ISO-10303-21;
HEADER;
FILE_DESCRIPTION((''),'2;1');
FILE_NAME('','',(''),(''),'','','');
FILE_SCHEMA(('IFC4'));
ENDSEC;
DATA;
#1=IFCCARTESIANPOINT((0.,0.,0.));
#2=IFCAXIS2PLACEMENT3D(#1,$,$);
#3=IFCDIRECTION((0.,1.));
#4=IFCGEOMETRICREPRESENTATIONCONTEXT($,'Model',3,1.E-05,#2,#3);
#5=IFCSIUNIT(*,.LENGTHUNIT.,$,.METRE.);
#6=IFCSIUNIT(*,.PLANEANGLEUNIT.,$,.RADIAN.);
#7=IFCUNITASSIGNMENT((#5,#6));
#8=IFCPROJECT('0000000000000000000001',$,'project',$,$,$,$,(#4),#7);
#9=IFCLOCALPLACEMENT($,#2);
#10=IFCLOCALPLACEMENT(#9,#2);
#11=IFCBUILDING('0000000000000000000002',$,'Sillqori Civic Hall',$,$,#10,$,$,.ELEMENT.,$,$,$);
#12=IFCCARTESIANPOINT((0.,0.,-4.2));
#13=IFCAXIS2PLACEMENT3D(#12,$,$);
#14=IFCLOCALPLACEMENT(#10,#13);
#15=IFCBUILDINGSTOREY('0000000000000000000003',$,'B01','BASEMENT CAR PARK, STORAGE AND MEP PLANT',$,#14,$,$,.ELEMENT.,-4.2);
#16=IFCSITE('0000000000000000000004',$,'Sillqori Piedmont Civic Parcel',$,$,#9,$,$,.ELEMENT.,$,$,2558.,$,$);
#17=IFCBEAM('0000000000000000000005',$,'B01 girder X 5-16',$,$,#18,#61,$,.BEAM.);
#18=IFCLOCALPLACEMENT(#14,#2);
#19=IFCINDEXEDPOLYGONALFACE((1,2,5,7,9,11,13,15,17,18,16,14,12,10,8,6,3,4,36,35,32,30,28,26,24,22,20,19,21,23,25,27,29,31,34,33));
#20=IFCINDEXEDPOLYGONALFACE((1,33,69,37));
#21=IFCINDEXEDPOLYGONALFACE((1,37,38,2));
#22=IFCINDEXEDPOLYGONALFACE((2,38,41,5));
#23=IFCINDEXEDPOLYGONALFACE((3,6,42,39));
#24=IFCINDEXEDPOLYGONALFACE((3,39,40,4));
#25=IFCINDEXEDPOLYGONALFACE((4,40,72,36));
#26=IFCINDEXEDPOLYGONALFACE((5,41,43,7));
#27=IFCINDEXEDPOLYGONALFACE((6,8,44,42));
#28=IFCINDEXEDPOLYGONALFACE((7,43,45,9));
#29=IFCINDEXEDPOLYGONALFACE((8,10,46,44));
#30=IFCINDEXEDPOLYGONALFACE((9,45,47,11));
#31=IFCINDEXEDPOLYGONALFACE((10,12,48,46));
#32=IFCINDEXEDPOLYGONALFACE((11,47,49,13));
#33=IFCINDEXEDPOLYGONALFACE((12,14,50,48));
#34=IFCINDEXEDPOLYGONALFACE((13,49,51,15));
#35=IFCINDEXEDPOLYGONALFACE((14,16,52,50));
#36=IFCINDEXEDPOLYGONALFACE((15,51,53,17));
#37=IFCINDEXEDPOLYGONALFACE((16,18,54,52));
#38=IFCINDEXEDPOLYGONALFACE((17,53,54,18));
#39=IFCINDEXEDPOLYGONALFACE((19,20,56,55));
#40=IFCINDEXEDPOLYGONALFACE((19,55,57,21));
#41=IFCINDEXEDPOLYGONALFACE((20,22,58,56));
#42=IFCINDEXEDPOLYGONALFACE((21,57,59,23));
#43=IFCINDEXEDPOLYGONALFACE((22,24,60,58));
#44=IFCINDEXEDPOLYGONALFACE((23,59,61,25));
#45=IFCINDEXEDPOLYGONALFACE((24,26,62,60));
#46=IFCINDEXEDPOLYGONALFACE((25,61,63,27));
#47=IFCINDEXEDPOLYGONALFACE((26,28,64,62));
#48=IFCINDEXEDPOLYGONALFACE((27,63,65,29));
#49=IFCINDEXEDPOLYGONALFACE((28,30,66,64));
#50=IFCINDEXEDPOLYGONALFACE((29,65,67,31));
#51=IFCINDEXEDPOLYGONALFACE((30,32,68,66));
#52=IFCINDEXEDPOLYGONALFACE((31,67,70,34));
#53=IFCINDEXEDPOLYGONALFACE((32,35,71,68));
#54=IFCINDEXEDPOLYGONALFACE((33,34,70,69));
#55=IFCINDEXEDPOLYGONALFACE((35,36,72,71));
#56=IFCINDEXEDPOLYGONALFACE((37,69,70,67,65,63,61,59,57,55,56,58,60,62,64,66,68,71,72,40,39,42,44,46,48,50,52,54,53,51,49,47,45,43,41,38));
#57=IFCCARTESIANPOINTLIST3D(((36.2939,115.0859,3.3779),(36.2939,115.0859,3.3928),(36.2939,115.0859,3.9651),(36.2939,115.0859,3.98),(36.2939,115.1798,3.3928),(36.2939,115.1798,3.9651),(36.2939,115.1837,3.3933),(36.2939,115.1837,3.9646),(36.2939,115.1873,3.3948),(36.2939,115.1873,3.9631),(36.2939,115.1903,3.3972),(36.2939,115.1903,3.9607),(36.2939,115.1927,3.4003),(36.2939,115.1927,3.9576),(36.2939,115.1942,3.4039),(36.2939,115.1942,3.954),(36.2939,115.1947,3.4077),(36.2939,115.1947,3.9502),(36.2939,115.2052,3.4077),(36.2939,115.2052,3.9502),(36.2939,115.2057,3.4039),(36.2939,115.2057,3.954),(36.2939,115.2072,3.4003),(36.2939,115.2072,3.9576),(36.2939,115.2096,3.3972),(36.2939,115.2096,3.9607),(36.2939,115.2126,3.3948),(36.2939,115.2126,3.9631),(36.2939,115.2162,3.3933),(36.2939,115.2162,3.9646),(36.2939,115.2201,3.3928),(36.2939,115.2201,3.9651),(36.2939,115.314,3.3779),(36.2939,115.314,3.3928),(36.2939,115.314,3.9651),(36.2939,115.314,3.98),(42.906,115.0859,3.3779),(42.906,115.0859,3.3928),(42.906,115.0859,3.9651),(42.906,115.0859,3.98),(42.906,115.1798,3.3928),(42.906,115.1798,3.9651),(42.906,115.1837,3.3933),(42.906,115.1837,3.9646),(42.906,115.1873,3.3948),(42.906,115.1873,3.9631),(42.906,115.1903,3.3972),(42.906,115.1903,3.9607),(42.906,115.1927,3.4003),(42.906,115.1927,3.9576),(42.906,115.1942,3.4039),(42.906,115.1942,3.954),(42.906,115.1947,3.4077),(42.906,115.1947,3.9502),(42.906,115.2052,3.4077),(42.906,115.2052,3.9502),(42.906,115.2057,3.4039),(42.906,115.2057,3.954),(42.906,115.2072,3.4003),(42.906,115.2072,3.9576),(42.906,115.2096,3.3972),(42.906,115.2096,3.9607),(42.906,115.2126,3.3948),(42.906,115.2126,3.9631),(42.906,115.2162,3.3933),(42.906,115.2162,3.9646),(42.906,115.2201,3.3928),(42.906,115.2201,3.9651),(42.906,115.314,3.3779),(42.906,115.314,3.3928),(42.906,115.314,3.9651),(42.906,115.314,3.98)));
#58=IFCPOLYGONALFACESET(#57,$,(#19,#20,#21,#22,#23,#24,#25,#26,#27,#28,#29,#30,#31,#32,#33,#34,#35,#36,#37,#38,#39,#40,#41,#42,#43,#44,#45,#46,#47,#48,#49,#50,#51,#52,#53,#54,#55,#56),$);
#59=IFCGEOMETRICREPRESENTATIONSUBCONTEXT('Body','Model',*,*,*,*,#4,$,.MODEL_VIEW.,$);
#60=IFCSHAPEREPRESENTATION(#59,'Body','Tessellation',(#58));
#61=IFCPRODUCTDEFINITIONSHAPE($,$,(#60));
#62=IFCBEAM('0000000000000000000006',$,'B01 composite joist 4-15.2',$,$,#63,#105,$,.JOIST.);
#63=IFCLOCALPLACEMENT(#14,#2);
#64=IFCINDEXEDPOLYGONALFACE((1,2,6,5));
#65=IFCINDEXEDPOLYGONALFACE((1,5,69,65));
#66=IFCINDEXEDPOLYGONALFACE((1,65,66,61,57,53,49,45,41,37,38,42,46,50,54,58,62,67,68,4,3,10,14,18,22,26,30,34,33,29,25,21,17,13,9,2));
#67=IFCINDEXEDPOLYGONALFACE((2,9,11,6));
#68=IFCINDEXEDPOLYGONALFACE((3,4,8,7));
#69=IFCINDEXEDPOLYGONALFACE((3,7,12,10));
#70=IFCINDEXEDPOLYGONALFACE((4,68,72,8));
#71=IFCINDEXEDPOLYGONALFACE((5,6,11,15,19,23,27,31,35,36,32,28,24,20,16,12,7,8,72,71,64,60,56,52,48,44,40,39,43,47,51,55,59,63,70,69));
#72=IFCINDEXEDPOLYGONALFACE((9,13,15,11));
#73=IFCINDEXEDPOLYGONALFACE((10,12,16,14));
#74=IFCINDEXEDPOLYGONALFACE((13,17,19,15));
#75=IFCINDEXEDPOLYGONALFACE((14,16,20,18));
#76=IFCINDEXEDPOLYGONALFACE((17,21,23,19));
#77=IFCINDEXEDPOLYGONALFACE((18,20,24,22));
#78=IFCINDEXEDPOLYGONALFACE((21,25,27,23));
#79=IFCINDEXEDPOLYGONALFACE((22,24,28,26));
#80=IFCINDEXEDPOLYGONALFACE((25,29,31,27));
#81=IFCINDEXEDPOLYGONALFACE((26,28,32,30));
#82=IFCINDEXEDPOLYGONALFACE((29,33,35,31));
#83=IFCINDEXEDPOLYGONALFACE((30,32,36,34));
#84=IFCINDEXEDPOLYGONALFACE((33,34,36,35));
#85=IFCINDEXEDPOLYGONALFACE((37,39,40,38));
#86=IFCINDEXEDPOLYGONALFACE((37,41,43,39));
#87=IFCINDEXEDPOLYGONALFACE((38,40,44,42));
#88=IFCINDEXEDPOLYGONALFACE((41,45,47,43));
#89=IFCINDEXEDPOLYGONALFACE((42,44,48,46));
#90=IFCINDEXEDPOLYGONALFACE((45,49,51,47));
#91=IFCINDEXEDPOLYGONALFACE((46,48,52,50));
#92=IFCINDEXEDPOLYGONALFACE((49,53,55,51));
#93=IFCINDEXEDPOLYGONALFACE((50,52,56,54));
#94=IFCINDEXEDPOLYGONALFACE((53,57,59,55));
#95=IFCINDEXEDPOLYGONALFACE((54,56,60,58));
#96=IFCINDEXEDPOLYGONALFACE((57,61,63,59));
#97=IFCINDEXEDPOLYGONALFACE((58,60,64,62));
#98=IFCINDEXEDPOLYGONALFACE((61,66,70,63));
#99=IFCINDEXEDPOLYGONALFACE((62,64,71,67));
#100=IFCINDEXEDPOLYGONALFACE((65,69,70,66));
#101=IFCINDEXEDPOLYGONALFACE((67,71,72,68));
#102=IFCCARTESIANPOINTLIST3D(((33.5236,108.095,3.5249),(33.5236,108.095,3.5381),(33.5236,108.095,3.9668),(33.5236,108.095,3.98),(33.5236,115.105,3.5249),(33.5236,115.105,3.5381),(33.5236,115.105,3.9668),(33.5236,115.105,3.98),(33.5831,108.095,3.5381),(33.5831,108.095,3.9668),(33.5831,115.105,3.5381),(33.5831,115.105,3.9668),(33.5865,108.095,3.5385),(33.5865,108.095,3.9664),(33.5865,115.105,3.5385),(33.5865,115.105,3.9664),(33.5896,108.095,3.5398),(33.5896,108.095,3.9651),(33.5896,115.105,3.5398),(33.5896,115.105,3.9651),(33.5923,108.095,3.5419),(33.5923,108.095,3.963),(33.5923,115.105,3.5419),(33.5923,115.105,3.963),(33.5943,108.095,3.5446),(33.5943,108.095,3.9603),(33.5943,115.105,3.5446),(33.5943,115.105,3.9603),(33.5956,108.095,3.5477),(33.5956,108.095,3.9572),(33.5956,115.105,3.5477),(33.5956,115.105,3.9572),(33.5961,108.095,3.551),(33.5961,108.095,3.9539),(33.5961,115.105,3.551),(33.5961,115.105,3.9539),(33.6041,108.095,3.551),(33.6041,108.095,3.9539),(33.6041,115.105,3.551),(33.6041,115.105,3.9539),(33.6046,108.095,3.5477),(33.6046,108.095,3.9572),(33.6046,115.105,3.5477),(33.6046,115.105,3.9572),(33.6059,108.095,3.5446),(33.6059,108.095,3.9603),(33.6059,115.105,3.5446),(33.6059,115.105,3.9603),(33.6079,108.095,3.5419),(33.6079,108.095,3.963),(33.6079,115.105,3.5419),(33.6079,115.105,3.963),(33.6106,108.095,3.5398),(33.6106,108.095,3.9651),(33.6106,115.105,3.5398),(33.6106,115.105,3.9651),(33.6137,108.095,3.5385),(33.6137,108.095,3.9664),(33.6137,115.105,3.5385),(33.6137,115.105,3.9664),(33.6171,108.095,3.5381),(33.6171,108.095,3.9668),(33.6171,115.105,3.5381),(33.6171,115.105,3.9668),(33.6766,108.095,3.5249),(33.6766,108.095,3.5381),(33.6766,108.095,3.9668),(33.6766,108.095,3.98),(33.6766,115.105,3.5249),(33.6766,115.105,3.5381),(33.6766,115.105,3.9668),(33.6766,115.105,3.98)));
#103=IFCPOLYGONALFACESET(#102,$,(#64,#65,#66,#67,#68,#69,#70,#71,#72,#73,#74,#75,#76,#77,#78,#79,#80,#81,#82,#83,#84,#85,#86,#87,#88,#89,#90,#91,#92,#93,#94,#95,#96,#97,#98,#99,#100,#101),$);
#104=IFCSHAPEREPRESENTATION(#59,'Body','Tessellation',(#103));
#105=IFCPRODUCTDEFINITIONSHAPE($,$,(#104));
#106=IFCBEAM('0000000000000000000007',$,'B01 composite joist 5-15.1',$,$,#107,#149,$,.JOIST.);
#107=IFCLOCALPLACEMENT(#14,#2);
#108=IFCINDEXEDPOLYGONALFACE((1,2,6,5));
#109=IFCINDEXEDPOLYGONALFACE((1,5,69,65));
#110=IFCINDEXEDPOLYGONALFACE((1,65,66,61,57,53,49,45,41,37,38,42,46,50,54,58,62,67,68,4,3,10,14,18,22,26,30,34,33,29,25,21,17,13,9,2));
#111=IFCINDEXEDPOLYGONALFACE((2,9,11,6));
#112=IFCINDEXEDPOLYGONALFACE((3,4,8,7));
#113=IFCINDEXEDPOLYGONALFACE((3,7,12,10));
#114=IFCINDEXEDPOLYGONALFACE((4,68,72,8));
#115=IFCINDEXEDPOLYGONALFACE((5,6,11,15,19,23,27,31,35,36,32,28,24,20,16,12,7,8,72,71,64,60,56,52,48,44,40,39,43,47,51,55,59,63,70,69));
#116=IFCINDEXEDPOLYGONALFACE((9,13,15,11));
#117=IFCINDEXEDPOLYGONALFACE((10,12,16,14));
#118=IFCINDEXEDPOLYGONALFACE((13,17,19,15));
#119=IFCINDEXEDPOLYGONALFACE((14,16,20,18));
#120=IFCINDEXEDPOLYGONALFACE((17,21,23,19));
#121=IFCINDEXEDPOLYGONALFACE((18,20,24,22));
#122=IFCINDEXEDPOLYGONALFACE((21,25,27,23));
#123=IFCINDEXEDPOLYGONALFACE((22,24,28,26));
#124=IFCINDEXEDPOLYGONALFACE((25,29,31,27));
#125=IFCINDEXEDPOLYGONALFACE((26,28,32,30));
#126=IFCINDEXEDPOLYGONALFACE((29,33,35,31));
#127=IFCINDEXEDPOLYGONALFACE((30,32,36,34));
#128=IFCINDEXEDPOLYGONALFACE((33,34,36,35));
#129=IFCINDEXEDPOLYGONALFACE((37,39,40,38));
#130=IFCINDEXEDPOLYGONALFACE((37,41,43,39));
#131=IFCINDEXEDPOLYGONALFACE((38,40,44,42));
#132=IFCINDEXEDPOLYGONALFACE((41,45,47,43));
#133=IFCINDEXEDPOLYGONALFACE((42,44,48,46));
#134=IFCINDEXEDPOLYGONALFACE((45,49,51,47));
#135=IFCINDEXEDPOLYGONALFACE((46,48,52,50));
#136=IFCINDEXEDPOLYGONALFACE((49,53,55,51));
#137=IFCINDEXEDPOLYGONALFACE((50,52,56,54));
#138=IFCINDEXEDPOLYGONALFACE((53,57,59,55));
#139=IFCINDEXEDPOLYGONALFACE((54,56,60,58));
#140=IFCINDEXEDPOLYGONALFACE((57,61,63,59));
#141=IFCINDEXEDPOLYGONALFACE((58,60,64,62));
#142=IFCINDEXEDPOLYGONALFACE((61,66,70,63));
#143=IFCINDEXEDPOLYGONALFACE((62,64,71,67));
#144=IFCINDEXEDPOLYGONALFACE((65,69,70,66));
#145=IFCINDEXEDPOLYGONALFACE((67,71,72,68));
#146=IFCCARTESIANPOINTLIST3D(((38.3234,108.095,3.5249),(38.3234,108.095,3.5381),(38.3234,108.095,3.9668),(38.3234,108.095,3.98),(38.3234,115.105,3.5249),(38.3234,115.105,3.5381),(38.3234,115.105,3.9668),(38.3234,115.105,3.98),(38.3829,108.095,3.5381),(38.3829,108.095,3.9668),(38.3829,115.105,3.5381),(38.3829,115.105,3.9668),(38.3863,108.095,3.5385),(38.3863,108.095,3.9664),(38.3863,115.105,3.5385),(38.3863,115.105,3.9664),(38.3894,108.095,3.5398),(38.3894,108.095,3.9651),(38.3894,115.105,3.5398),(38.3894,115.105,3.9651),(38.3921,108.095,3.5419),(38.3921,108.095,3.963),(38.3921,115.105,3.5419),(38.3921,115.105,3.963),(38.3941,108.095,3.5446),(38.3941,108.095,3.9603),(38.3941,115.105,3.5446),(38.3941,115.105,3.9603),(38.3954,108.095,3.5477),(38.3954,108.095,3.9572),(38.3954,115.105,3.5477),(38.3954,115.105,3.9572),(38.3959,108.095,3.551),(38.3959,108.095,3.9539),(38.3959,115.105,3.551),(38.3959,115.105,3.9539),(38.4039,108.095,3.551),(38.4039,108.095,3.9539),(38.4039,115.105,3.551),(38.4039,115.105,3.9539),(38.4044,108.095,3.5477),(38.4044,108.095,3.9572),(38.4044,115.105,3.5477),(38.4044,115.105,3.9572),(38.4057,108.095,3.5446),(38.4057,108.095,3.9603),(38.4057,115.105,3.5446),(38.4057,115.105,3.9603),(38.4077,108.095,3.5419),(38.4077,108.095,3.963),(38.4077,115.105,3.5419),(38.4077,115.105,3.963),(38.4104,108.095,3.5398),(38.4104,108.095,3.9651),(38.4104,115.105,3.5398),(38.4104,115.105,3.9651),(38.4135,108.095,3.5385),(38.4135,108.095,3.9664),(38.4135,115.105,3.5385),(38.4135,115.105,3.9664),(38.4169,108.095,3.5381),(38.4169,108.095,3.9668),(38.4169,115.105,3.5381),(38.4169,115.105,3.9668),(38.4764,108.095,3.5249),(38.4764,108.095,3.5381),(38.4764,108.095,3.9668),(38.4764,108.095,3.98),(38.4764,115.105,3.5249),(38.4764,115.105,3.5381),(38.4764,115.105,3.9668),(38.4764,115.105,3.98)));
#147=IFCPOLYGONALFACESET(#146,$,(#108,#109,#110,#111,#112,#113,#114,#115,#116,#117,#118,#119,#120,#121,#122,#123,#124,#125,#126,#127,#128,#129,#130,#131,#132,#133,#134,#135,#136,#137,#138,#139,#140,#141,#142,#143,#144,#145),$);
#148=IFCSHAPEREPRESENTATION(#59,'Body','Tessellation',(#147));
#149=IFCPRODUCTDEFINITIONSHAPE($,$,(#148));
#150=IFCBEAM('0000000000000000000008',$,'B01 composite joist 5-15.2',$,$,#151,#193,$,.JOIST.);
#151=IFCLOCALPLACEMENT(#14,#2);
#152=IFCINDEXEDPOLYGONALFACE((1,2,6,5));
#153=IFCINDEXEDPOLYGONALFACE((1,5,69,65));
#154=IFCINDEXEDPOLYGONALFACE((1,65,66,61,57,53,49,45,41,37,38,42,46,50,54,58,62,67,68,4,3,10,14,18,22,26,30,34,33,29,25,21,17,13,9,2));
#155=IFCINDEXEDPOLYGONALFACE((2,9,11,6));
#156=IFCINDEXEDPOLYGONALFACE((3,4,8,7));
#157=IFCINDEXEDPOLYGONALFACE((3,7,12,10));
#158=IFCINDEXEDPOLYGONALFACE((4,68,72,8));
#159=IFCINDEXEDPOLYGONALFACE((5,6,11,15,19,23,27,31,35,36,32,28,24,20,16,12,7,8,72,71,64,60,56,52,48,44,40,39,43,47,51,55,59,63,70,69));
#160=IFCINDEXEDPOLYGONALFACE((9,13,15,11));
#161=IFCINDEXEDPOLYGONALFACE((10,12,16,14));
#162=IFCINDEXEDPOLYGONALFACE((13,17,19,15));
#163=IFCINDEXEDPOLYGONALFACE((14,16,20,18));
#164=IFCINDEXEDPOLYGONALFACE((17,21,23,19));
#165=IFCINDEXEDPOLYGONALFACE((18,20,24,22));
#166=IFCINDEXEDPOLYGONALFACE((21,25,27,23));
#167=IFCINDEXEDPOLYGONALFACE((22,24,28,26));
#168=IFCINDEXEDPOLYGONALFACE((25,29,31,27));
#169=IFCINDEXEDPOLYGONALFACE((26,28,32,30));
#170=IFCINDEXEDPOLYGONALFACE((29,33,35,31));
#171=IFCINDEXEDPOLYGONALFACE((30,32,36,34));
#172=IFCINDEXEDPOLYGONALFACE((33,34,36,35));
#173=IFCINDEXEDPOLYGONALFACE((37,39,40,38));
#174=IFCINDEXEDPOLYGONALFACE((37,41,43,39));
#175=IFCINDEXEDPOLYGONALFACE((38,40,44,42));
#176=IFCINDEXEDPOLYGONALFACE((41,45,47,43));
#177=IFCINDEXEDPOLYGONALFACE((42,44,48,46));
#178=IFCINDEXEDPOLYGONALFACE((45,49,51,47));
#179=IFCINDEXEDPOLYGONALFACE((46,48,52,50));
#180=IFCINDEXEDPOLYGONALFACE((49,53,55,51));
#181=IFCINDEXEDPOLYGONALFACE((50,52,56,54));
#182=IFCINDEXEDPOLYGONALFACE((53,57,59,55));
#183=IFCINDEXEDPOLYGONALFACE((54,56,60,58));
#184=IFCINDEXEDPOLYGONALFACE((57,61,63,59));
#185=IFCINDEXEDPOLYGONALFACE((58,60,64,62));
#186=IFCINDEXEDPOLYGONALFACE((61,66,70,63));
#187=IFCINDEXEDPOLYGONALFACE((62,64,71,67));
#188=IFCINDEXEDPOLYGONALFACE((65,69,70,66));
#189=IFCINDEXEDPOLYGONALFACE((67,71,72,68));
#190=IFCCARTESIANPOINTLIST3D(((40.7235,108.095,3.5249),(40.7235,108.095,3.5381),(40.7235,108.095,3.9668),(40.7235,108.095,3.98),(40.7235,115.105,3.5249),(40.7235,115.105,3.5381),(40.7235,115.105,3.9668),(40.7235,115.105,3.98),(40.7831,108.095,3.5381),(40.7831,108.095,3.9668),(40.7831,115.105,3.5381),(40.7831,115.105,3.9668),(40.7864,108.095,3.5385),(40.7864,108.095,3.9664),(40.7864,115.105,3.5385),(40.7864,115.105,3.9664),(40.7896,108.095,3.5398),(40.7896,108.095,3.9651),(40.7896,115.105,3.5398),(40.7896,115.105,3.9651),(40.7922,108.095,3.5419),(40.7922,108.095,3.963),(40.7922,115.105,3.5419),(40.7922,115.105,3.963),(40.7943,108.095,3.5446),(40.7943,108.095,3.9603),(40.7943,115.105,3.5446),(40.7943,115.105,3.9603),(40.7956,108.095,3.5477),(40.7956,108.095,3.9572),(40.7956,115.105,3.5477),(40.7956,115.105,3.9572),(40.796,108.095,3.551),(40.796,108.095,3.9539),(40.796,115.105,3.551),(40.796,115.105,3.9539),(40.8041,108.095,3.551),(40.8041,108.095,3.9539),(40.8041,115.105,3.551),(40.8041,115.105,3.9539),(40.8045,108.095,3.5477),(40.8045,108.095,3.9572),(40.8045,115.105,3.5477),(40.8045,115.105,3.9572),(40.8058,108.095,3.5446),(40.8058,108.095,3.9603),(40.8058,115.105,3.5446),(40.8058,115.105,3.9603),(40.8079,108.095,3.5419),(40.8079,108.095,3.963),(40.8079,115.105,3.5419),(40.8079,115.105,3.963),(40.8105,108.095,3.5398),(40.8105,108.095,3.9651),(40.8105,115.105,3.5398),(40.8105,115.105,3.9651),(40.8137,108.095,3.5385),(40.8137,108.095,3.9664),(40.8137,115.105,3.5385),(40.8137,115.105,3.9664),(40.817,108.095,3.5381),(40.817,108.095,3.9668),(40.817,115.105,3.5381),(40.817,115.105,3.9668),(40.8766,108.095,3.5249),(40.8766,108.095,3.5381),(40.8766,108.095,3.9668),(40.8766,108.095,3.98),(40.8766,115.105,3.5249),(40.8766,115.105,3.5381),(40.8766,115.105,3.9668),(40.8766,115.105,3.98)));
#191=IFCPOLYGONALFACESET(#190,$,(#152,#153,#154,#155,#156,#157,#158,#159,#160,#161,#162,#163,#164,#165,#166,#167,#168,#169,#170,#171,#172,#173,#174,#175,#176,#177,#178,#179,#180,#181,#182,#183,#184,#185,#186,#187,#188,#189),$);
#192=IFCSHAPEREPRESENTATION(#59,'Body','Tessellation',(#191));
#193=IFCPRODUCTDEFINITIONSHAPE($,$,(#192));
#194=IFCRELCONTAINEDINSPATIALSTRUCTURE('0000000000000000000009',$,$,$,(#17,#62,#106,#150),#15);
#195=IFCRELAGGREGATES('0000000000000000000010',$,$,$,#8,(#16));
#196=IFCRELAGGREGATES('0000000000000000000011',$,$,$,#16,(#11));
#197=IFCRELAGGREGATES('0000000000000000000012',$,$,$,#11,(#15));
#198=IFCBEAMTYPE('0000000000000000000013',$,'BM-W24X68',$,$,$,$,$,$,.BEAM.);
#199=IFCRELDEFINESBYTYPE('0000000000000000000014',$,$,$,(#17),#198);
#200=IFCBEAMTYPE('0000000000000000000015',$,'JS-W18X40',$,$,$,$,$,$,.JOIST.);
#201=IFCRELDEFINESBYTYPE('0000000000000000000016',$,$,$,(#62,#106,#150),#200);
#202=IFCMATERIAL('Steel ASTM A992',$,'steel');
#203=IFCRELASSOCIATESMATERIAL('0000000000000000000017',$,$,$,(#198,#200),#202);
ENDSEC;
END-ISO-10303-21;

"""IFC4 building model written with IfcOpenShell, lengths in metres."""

from ifc_helpers import new_model, si_unit, direction, frame, origin, origin_2d, place, context, subcontext, project, spatial, i_section, extrude, material, material_profile, profile_set, type_object, element, save


model = new_model("IFC4")

# Units and contexts
model_context = context("Model", 3, precision=1e-05, world=origin(), true_north=direction((0.0, 1.0)))
body_context = subcontext(model_context, "Body", "Model", "MODEL_VIEW")
ifc_project = project(units=[si_unit("LENGTHUNIT", "METRE"), si_unit("PLANEANGLEUNIT", "RADIAN")], contexts=[model_context])

# Site, building, storey
site_placement = place(None, origin())
site = spatial("IfcSite", under=ifc_project, at=site_placement, Name="Sillqori Piedmont Civic Parcel", CompositionType="ELEMENT", RefElevation=2558.0)
building_placement = place(site_placement, origin())
building = spatial("IfcBuilding", under=site, at=building_placement, Name="Sillqori Civic Hall", CompositionType="ELEMENT")
storey_placement = place(building_placement, frame((0.0, 0.0, -4.2)))
storey = spatial("IfcBuildingStorey", under=building, at=storey_placement, Name="B01", Description="BASEMENT CAR PARK, STORAGE AND MEP PLANT", CompositionType="ELEMENT", Elevation=-4.2)

# Shared definitions
ifc_material_1 = material(Name="Steel ASTM A992", Category="steel")

# Beams
ifc_material_profile_1 = material_profile(ifc_material_1, i_section(OverallWidth=0.228, OverallDepth=0.6021, WebThickness=0.0105, FlangeThickness=0.0149, FilletRadius=0.0149, at=origin_2d()), Name="W24X68")
ifc_profile_set_1 = profile_set([ifc_material_profile_1], Name="Steel ASTM A992")
beam_type_1 = type_object("IfcBeamType", Name="BM-W24X68", PredefinedType="BEAM", material=ifc_profile_set_1)
beam_1_placement = place(storey_placement, frame((36.2939, 115.2, 3.679), z_axis=(1.0, 0.0, 0.0), x_axis=(0.0, 1.0, 0.0)))
element("IfcBeam", 1, at=beam_1_placement, inside=storey, type_object=beam_type_1, Name="B01 girder X 5-16", PredefinedType="BEAM", context=body_context, shape_type="SweptSolid", body=[
    extrude(i_section(OverallWidth=0.228, OverallDepth=0.6021, WebThickness=0.0105, FlangeThickness=0.0149, FilletRadius=0.0149, at=origin_2d()), origin(), (0.0, 0.0, 1.0), 6.6121),
])
ifc_material_profile_2 = material_profile(ifc_material_1, i_section(OverallWidth=0.1531, OverallDepth=0.4551, WebThickness=0.0081, FlangeThickness=0.0132, FilletRadius=0.0129, at=origin_2d()), Name="W18X40")
ifc_profile_set_2 = profile_set([ifc_material_profile_2], Name="Steel ASTM A992")
beam_type_2 = type_object("IfcBeamType", Name="JS-W18X40", PredefinedType="JOIST", material=ifc_profile_set_2)
for number, where, z_axis, x_axis, name in (
    (2, (33.6001, 108.095, 3.7524), (0.0, 1.0, 0.0), (-1.0, 0.0, 0.0), "B01 composite joist 4-15.2"),
    (3, (38.3999, 108.095, 3.7524), (0.0, 1.0, 0.0), (-1.0, 0.0, 0.0), "B01 composite joist 5-15.1"),
    (4, (40.8, 108.095, 3.7524), (0.0, 1.0, 0.0), (-1.0, 0.0, 0.0), "B01 composite joist 5-15.2"),
):
    element("IfcBeam", number, at=place(storey_placement, frame(where, z_axis=z_axis, x_axis=x_axis)), inside=storey, type_object=beam_type_2, Name=name, PredefinedType="JOIST", context=body_context, shape_type="SweptSolid", body=[
        extrude(i_section(OverallWidth=0.1531, OverallDepth=0.4551, WebThickness=0.0081, FlangeThickness=0.0132, FilletRadius=0.0129, at=origin_2d()), origin(), (0.0, 0.0, 1.0), 7.01),
    ])

save(model, "model.ifc")
